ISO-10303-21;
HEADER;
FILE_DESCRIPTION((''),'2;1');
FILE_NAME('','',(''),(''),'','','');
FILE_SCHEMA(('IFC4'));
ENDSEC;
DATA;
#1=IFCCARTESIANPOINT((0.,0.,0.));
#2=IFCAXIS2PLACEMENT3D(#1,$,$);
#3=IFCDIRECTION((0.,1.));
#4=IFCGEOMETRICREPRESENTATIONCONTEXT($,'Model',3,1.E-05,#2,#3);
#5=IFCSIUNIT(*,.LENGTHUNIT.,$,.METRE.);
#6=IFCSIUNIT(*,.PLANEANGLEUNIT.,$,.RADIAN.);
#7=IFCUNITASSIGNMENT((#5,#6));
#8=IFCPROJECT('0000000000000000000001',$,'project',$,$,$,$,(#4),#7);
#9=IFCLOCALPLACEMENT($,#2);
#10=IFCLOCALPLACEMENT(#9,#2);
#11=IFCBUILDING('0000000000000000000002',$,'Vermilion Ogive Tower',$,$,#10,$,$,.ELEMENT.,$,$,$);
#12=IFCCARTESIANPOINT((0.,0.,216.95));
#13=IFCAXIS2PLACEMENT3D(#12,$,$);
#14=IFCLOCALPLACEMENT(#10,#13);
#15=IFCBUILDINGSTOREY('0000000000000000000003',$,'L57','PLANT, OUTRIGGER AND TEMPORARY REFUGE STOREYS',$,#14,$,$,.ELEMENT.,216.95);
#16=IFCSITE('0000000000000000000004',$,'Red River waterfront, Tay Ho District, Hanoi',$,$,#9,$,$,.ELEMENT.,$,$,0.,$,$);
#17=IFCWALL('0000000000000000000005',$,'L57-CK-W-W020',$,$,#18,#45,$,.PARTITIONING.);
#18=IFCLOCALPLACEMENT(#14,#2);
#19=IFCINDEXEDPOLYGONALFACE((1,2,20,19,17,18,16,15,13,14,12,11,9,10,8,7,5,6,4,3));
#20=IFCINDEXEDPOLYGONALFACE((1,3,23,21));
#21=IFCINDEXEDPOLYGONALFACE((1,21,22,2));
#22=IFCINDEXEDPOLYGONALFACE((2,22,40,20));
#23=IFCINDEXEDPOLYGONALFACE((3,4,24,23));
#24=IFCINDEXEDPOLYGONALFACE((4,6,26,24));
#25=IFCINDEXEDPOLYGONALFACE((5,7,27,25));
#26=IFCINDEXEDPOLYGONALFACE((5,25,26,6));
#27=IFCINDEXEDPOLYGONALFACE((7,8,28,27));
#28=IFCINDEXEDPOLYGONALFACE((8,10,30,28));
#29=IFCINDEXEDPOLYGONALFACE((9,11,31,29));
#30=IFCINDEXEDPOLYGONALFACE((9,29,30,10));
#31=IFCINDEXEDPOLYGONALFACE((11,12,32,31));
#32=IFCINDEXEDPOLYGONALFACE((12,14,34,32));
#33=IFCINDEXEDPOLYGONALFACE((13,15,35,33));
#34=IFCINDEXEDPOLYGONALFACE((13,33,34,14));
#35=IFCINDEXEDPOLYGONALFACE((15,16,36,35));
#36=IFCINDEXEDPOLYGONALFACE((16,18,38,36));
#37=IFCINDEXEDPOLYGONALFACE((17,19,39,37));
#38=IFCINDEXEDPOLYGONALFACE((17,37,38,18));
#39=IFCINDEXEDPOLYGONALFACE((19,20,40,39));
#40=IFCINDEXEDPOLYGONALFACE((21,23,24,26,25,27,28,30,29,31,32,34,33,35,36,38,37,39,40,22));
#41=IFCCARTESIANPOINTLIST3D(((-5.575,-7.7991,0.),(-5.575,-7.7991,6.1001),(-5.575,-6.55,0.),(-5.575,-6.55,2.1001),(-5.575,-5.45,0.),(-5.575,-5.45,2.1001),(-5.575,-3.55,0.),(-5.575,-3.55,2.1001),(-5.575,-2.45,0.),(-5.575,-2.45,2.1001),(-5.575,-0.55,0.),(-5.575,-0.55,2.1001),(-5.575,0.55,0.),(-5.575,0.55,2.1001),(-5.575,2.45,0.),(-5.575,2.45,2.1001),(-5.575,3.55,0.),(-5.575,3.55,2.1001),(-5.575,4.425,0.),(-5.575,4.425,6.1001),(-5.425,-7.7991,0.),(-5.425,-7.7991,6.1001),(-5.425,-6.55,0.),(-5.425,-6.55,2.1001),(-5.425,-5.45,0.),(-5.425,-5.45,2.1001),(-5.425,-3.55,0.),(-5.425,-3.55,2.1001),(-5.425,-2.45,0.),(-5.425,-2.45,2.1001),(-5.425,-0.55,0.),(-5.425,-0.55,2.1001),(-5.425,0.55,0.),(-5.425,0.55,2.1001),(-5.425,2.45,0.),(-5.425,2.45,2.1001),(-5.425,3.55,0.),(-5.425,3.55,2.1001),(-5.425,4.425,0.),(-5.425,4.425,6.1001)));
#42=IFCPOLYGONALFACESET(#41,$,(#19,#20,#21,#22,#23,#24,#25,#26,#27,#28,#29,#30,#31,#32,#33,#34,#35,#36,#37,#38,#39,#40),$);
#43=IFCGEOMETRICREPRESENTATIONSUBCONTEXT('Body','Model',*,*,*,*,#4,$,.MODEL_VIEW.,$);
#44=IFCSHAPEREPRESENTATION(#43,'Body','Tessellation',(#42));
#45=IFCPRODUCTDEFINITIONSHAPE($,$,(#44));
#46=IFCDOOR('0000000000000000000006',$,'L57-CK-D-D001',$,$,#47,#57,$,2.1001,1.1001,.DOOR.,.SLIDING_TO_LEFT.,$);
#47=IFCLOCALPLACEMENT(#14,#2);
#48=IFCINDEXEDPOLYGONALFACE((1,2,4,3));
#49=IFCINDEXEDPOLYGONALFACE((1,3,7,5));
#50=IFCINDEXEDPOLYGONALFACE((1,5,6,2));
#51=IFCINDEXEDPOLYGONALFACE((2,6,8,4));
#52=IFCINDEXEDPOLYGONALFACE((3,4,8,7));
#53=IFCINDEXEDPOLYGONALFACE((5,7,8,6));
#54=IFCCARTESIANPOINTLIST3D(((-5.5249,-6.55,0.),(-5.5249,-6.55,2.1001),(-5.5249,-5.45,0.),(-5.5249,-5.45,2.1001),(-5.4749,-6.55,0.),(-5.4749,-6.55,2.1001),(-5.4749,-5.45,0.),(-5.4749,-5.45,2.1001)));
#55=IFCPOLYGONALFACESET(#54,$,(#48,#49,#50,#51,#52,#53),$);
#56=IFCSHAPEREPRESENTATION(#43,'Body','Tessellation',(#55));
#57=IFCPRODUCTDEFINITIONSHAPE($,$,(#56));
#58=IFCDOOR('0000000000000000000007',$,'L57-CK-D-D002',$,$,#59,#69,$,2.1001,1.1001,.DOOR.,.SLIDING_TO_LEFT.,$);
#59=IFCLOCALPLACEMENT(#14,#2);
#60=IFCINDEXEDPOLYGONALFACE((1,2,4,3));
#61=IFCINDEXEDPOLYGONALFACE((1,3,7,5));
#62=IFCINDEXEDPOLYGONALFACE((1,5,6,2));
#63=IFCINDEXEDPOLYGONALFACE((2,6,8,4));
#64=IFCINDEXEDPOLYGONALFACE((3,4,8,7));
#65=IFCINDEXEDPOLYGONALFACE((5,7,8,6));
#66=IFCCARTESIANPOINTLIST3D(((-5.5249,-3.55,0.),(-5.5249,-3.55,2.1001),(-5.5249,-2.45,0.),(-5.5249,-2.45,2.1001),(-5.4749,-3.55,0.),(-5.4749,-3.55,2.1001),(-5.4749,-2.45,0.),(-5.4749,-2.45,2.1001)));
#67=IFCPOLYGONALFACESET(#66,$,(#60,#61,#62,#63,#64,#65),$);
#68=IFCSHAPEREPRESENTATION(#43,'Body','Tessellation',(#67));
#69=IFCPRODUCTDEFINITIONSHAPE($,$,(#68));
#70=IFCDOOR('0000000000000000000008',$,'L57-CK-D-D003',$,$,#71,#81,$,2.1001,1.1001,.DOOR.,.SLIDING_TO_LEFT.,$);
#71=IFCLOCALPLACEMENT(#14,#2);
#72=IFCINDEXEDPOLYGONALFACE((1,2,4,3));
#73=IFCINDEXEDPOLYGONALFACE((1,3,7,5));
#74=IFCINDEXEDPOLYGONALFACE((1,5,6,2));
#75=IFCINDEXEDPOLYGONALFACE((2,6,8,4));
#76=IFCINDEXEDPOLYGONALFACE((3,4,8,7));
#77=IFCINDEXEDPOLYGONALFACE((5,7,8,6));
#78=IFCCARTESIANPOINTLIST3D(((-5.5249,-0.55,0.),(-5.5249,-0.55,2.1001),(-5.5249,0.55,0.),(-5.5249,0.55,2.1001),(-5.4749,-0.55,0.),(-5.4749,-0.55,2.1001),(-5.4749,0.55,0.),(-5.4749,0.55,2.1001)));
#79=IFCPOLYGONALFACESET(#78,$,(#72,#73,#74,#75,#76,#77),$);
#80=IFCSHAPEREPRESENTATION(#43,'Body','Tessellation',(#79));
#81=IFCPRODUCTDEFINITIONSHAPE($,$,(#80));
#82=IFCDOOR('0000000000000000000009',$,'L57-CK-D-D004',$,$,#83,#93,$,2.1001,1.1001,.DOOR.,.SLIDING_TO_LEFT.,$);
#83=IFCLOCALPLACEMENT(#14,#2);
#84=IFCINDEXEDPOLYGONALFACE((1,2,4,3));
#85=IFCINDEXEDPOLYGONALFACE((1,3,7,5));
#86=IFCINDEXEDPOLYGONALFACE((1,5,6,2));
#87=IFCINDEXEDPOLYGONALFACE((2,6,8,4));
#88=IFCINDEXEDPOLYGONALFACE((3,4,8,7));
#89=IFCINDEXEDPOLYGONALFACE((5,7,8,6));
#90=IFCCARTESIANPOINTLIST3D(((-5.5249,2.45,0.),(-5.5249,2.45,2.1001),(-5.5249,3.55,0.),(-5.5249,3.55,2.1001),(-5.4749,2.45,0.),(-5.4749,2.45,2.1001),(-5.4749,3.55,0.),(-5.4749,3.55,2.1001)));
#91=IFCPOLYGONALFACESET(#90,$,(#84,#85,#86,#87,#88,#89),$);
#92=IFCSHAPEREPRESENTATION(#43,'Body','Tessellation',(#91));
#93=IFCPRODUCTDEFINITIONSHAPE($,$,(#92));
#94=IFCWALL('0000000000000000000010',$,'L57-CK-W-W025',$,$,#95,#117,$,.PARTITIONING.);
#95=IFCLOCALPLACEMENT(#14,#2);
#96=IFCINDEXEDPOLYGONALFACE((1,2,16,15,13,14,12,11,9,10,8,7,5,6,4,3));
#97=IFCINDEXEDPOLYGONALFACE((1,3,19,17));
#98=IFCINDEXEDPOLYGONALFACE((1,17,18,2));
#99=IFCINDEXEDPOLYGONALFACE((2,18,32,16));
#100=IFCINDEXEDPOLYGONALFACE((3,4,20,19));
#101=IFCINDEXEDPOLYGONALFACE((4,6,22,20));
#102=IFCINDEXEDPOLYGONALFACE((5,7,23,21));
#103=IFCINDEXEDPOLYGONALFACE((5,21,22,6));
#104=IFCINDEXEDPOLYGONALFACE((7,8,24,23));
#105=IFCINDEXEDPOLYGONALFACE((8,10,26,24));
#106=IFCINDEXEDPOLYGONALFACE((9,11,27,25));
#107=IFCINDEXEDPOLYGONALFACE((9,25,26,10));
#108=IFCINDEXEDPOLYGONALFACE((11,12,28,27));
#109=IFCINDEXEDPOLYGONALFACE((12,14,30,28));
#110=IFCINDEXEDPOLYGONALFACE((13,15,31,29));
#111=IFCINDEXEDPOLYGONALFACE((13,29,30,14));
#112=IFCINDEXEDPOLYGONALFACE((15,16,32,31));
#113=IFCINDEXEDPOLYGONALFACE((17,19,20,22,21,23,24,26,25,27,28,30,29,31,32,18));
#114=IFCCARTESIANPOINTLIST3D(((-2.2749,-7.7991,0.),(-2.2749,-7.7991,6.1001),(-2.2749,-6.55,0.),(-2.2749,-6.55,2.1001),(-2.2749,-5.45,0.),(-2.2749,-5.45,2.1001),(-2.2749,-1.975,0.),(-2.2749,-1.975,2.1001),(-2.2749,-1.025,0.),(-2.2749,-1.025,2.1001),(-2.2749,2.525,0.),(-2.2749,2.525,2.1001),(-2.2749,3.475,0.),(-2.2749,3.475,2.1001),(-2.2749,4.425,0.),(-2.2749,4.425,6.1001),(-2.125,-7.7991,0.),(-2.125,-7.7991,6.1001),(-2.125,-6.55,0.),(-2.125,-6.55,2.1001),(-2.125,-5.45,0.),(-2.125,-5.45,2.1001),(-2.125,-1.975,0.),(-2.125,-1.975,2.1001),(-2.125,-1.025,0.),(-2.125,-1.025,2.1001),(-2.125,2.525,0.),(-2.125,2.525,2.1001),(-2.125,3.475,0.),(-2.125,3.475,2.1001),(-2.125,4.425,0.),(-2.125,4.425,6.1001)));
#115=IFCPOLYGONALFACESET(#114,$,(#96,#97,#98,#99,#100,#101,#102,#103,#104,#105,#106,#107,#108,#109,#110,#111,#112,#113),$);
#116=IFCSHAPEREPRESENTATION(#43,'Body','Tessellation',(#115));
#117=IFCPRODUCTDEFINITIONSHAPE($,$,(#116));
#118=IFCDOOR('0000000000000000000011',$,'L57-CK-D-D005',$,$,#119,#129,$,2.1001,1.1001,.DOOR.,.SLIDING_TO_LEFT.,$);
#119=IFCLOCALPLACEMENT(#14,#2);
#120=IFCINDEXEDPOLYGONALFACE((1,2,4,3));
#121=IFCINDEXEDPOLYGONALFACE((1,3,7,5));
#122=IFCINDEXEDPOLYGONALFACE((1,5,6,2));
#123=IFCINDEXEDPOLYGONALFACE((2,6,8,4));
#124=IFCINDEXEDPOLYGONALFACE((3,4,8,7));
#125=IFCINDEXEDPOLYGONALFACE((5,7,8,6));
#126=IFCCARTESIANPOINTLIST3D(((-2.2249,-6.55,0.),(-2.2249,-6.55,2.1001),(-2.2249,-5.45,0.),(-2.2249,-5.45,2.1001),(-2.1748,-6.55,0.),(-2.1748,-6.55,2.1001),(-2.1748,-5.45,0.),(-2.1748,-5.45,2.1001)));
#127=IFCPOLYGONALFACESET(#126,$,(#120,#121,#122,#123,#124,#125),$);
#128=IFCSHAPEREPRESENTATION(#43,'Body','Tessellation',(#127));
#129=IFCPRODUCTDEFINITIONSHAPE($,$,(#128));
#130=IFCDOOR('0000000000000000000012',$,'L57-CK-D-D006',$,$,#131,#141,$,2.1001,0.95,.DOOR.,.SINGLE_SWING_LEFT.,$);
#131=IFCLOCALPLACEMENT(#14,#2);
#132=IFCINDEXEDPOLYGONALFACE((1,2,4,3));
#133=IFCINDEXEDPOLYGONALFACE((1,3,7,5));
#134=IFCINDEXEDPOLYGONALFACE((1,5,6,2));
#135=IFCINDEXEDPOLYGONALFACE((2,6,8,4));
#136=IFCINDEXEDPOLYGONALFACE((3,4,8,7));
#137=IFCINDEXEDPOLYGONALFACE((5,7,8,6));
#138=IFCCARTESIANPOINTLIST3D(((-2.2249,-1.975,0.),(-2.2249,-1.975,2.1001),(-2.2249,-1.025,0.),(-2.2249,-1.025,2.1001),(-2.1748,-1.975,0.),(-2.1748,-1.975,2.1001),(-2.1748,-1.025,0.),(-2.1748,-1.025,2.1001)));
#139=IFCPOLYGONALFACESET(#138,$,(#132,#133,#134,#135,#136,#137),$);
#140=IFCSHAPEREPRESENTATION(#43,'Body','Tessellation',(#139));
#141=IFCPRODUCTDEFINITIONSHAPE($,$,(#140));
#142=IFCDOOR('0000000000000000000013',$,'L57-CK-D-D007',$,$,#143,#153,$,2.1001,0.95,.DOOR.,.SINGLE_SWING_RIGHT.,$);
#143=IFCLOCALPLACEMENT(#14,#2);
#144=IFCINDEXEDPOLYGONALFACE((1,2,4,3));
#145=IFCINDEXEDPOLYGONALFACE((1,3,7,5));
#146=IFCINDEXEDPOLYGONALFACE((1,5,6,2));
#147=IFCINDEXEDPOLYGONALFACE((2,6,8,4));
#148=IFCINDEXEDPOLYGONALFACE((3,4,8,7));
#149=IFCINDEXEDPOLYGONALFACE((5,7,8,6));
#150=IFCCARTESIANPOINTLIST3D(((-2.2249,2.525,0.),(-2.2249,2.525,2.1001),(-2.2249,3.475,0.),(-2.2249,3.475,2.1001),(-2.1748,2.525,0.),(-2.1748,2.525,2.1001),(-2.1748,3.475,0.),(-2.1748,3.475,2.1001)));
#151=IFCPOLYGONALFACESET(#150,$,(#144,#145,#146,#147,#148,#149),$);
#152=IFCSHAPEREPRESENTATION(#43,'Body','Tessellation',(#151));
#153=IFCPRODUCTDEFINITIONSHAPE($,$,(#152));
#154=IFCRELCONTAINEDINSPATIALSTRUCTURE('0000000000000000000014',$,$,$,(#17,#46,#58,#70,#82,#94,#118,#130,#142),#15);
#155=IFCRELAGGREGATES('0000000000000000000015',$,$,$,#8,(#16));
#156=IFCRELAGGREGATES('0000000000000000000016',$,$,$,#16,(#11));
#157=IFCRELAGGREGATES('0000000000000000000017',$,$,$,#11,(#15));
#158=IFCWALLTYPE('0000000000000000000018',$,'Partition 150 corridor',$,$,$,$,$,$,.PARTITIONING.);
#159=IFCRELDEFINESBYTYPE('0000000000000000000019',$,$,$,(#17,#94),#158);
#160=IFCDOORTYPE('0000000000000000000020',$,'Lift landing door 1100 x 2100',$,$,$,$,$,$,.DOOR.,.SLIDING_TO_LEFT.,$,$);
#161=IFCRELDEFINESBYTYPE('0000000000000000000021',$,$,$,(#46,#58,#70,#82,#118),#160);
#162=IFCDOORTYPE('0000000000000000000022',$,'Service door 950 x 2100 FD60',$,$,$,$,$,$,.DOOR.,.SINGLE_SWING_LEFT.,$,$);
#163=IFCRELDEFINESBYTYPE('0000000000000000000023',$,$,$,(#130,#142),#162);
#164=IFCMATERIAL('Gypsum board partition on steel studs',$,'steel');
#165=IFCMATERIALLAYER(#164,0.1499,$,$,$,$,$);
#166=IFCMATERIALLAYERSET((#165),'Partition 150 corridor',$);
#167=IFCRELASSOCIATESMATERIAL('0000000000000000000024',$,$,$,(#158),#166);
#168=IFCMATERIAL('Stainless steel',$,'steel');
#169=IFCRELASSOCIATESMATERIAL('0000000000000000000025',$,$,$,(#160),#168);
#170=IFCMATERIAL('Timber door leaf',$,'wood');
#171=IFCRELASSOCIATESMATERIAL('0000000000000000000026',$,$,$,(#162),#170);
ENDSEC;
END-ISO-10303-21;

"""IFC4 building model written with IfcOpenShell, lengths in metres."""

from ifc_helpers import new_model, si_unit, direction, frame, frame_2d, origin, place, context, subcontext, project, spatial, rectangle, extrude, material, layer, layer_set, type_object, element, fill, save


model = new_model("IFC4")

# Units and contexts
model_context = context("Model", 3, precision=1e-05, world=origin(), true_north=direction((0.0, 1.0)))
body_context = subcontext(model_context, "Body", "Model", "MODEL_VIEW")
ifc_project = project(units=[si_unit("LENGTHUNIT", "METRE"), si_unit("PLANEANGLEUNIT", "RADIAN")], contexts=[model_context])

# Site, building, storey
site_placement = place(None, origin())
site = spatial("IfcSite", under=ifc_project, at=site_placement, Name="Red River waterfront, Tay Ho District, Hanoi", CompositionType="ELEMENT", RefElevation=0.0)
building_placement = place(site_placement, origin())
building = spatial("IfcBuilding", under=site, at=building_placement, Name="Vermilion Ogive Tower", CompositionType="ELEMENT")
storey_placement = place(building_placement, frame((0.0, 0.0, 216.95)))
storey = spatial("IfcBuildingStorey", under=building, at=storey_placement, Name="L57", Description="PLANT, OUTRIGGER AND TEMPORARY REFUGE STOREYS", CompositionType="ELEMENT", Elevation=216.95)

# Walls, openings, doors
ifc_material_1 = material(Name="Gypsum board partition on steel studs", Category="steel")
ifc_layer_1 = layer(ifc_material_1, 0.1499)
ifc_layer_set_1 = layer_set([ifc_layer_1], Name="Partition 150 corridor")
wall_type_1 = type_object("IfcWallType", Name="Partition 150 corridor", PredefinedType="PARTITIONING", material=ifc_layer_set_1)
wall_1_placement = place(storey_placement, frame((-5.5, -7.7991, 0.0), z_axis=(0.0, 0.0, 1.0), x_axis=(0.0, 1.0, 0.0)))
wall_1 = element("IfcWall", 1, at=wall_1_placement, inside=storey, type_object=wall_type_1, Name="L57-CK-W-W020", PredefinedType="PARTITIONING", context=body_context, shape_type="SweptSolid", body=[
    extrude(rectangle(XDim=12.2241, YDim=0.1499, at=frame_2d((6.1121, 0.0))), origin(), (0.0, 0.0, 1.0), 6.1001),
])
opening_1_placement = place(wall_1_placement, frame((1.249, 0.0, 0.0)))
opening_1 = element("IfcOpeningElement", 2, at=opening_1_placement, cuts=wall_1, PredefinedType="OPENING", context=body_context, shape_type="SweptSolid", body=[
    extrude(rectangle(XDim=1.1001, YDim=2.1001, at=frame_2d((0.55, 1.05))), frame((0.0, 0.085, 0.0), z_axis=(0.0, -1.0, 0.0), x_axis=(1.0, 0.0, 0.0)), (0.0, 0.0, 1.0), 0.1699),
])
opening_2_placement = place(wall_1_placement, frame((4.249, 0.0, 0.0)))
opening_2 = element("IfcOpeningElement", 3, at=opening_2_placement, cuts=wall_1, PredefinedType="OPENING", context=body_context, shape_type="SweptSolid", body=[
    extrude(rectangle(XDim=1.1001, YDim=2.1001, at=frame_2d((0.55, 1.05))), frame((0.0, 0.085, 0.0), z_axis=(0.0, -1.0, 0.0), x_axis=(1.0, 0.0, 0.0)), (0.0, 0.0, 1.0), 0.1699),
])
opening_3_placement = place(wall_1_placement, frame((7.249, 0.0, 0.0)))
opening_3 = element("IfcOpeningElement", 4, at=opening_3_placement, cuts=wall_1, PredefinedType="OPENING", context=body_context, shape_type="SweptSolid", body=[
    extrude(rectangle(XDim=1.1001, YDim=2.1001, at=frame_2d((0.55, 1.05))), frame((0.0, 0.085, 0.0), z_axis=(0.0, -1.0, 0.0), x_axis=(1.0, 0.0, 0.0)), (0.0, 0.0, 1.0), 0.1699),
])
opening_4_placement = place(wall_1_placement, frame((10.249, 0.0, 0.0)))
opening_4 = element("IfcOpeningElement", 5, at=opening_4_placement, cuts=wall_1, PredefinedType="OPENING", context=body_context, shape_type="SweptSolid", body=[
    extrude(rectangle(XDim=1.1001, YDim=2.1001, at=frame_2d((0.55, 1.05))), frame((0.0, 0.085, 0.0), z_axis=(0.0, -1.0, 0.0), x_axis=(1.0, 0.0, 0.0)), (0.0, 0.0, 1.0), 0.1699),
])
ifc_material_2 = material(Name="Stainless steel", Category="steel")
door_type_1 = type_object("IfcDoorType", Name="Lift landing door 1100 x 2100", OperationType="SLIDING_TO_LEFT", PredefinedType="DOOR", material=ifc_material_2)
door_1_placement = place(opening_1_placement, origin())
door_1 = element("IfcDoor", 6, at=door_1_placement, inside=storey, type_object=door_type_1, Name="L57-CK-D-D001", OperationType="SLIDING_TO_LEFT", OverallHeight=2.1001, OverallWidth=1.1001, PredefinedType="DOOR", context=body_context, shape_type="SweptSolid", body=[
    extrude(rectangle(XDim=1.1001, YDim=2.1001, at=frame_2d((0.55, 1.05))), frame((0.0, 0.0249, 0.0), z_axis=(0.0, -1.0, 0.0), x_axis=(1.0, 0.0, 0.0)), (0.0, 0.0, 1.0), 0.05),
])
fill(opening_1, door_1)
door_2_placement = place(opening_2_placement, origin())
door_2 = element("IfcDoor", 7, at=door_2_placement, inside=storey, type_object=door_type_1, Name="L57-CK-D-D002", OperationType="SLIDING_TO_LEFT", OverallHeight=2.1001, OverallWidth=1.1001, PredefinedType="DOOR", context=body_context, shape_type="SweptSolid", body=[
    extrude(rectangle(XDim=1.1001, YDim=2.1001, at=frame_2d((0.55, 1.05))), frame((0.0, 0.0249, 0.0), z_axis=(0.0, -1.0, 0.0), x_axis=(1.0, 0.0, 0.0)), (0.0, 0.0, 1.0), 0.05),
])
fill(opening_2, door_2)
door_3_placement = place(opening_3_placement, origin())
door_3 = element("IfcDoor", 8, at=door_3_placement, inside=storey, type_object=door_type_1, Name="L57-CK-D-D003", OperationType="SLIDING_TO_LEFT", OverallHeight=2.1001, OverallWidth=1.1001, PredefinedType="DOOR", context=body_context, shape_type="SweptSolid", body=[
    extrude(rectangle(XDim=1.1001, YDim=2.1001, at=frame_2d((0.55, 1.05))), frame((0.0, 0.0249, 0.0), z_axis=(0.0, -1.0, 0.0), x_axis=(1.0, 0.0, 0.0)), (0.0, 0.0, 1.0), 0.05),
])
fill(opening_3, door_3)
door_4_placement = place(opening_4_placement, origin())
door_4 = element("IfcDoor", 9, at=door_4_placement, inside=storey, type_object=door_type_1, Name="L57-CK-D-D004", OperationType="SLIDING_TO_LEFT", OverallHeight=2.1001, OverallWidth=1.1001, PredefinedType="DOOR", context=body_context, shape_type="SweptSolid", body=[
    extrude(rectangle(XDim=1.1001, YDim=2.1001, at=frame_2d((0.55, 1.05))), frame((0.0, 0.0249, 0.0), z_axis=(0.0, -1.0, 0.0), x_axis=(1.0, 0.0, 0.0)), (0.0, 0.0, 1.0), 0.05),
])
fill(opening_4, door_4)
wall_2_placement = place(storey_placement, frame((-2.2, -7.7991, 0.0), z_axis=(0.0, 0.0, 1.0), x_axis=(0.0, 1.0, 0.0)))
wall_2 = element("IfcWall", 10, at=wall_2_placement, inside=storey, type_object=wall_type_1, Name="L57-CK-W-W025", PredefinedType="PARTITIONING", context=body_context, shape_type="SweptSolid", body=[
    extrude(rectangle(XDim=12.2241, YDim=0.1499, at=frame_2d((6.1121, 0.0))), origin(), (0.0, 0.0, 1.0), 6.1001),
])
opening_5_placement = place(wall_2_placement, frame((1.249, 0.0, 0.0)))
opening_5 = element("IfcOpeningElement", 11, at=opening_5_placement, cuts=wall_2, PredefinedType="OPENING", context=body_context, shape_type="SweptSolid", body=[
    extrude(rectangle(XDim=1.1001, YDim=2.1001, at=frame_2d((0.55, 1.05))), frame((0.0, 0.085, 0.0), z_axis=(0.0, -1.0, 0.0), x_axis=(1.0, 0.0, 0.0)), (0.0, 0.0, 1.0), 0.1699),
])
opening_6_placement = place(wall_2_placement, frame((5.824, 0.0, 0.0)))
opening_6 = element("IfcOpeningElement", 12, at=opening_6_placement, cuts=wall_2, PredefinedType="OPENING", context=body_context, shape_type="SweptSolid", body=[
    extrude(rectangle(XDim=0.95, YDim=2.1001, at=frame_2d((0.4751, 1.05))), frame((0.0, 0.085, 0.0), z_axis=(0.0, -1.0, 0.0), x_axis=(1.0, 0.0, 0.0)), (0.0, 0.0, 1.0), 0.1699),
])
opening_7_placement = place(wall_2_placement, frame((10.324, 0.0, 0.0)))
opening_7 = element("IfcOpeningElement", 13, at=opening_7_placement, cuts=wall_2, PredefinedType="OPENING", context=body_context, shape_type="SweptSolid", body=[
    extrude(rectangle(XDim=0.95, YDim=2.1001, at=frame_2d((0.4751, 1.05))), frame((0.0, 0.085, 0.0), z_axis=(0.0, -1.0, 0.0), x_axis=(1.0, 0.0, 0.0)), (0.0, 0.0, 1.0), 0.1699),
])
door_5_placement = place(opening_5_placement, origin())
door_5 = element("IfcDoor", 14, at=door_5_placement, inside=storey, type_object=door_type_1, Name="L57-CK-D-D005", OperationType="SLIDING_TO_LEFT", OverallHeight=2.1001, OverallWidth=1.1001, PredefinedType="DOOR", context=body_context, shape_type="SweptSolid", body=[
    extrude(rectangle(XDim=1.1001, YDim=2.1001, at=frame_2d((0.55, 1.05))), frame((0.0, 0.0249, 0.0), z_axis=(0.0, -1.0, 0.0), x_axis=(1.0, 0.0, 0.0)), (0.0, 0.0, 1.0), 0.05),
])
fill(opening_5, door_5)
ifc_material_3 = material(Name="Timber door leaf", Category="wood")
door_type_2 = type_object("IfcDoorType", Name="Service door 950 x 2100 FD60", OperationType="SINGLE_SWING_LEFT", PredefinedType="DOOR", material=ifc_material_3)
door_6_placement = place(opening_6_placement, origin())
door_6 = element("IfcDoor", 15, at=door_6_placement, inside=storey, type_object=door_type_2, Name="L57-CK-D-D006", OperationType="SINGLE_SWING_LEFT", OverallHeight=2.1001, OverallWidth=0.95, PredefinedType="DOOR", context=body_context, shape_type="SweptSolid", body=[
    extrude(rectangle(XDim=0.95, YDim=2.1001, at=frame_2d((0.4751, 1.05))), frame((0.0, 0.0249, 0.0), z_axis=(0.0, -1.0, 0.0), x_axis=(1.0, 0.0, 0.0)), (0.0, 0.0, 1.0), 0.05),
])
fill(opening_6, door_6)
door_7_placement = place(opening_7_placement, origin())
door_7 = element("IfcDoor", 16, at=door_7_placement, inside=storey, type_object=door_type_2, Name="L57-CK-D-D007", OperationType="SINGLE_SWING_RIGHT", OverallHeight=2.1001, OverallWidth=0.95, PredefinedType="DOOR", context=body_context, shape_type="SweptSolid", body=[
    extrude(rectangle(XDim=0.95, YDim=2.1001, at=frame_2d((0.4751, 1.05))), frame((0.0, 0.0249, 0.0), z_axis=(0.0, -1.0, 0.0), x_axis=(1.0, 0.0, 0.0)), (0.0, 0.0, 1.0), 0.05),
])
fill(opening_7, door_7)

save(model, "model.ifc")
